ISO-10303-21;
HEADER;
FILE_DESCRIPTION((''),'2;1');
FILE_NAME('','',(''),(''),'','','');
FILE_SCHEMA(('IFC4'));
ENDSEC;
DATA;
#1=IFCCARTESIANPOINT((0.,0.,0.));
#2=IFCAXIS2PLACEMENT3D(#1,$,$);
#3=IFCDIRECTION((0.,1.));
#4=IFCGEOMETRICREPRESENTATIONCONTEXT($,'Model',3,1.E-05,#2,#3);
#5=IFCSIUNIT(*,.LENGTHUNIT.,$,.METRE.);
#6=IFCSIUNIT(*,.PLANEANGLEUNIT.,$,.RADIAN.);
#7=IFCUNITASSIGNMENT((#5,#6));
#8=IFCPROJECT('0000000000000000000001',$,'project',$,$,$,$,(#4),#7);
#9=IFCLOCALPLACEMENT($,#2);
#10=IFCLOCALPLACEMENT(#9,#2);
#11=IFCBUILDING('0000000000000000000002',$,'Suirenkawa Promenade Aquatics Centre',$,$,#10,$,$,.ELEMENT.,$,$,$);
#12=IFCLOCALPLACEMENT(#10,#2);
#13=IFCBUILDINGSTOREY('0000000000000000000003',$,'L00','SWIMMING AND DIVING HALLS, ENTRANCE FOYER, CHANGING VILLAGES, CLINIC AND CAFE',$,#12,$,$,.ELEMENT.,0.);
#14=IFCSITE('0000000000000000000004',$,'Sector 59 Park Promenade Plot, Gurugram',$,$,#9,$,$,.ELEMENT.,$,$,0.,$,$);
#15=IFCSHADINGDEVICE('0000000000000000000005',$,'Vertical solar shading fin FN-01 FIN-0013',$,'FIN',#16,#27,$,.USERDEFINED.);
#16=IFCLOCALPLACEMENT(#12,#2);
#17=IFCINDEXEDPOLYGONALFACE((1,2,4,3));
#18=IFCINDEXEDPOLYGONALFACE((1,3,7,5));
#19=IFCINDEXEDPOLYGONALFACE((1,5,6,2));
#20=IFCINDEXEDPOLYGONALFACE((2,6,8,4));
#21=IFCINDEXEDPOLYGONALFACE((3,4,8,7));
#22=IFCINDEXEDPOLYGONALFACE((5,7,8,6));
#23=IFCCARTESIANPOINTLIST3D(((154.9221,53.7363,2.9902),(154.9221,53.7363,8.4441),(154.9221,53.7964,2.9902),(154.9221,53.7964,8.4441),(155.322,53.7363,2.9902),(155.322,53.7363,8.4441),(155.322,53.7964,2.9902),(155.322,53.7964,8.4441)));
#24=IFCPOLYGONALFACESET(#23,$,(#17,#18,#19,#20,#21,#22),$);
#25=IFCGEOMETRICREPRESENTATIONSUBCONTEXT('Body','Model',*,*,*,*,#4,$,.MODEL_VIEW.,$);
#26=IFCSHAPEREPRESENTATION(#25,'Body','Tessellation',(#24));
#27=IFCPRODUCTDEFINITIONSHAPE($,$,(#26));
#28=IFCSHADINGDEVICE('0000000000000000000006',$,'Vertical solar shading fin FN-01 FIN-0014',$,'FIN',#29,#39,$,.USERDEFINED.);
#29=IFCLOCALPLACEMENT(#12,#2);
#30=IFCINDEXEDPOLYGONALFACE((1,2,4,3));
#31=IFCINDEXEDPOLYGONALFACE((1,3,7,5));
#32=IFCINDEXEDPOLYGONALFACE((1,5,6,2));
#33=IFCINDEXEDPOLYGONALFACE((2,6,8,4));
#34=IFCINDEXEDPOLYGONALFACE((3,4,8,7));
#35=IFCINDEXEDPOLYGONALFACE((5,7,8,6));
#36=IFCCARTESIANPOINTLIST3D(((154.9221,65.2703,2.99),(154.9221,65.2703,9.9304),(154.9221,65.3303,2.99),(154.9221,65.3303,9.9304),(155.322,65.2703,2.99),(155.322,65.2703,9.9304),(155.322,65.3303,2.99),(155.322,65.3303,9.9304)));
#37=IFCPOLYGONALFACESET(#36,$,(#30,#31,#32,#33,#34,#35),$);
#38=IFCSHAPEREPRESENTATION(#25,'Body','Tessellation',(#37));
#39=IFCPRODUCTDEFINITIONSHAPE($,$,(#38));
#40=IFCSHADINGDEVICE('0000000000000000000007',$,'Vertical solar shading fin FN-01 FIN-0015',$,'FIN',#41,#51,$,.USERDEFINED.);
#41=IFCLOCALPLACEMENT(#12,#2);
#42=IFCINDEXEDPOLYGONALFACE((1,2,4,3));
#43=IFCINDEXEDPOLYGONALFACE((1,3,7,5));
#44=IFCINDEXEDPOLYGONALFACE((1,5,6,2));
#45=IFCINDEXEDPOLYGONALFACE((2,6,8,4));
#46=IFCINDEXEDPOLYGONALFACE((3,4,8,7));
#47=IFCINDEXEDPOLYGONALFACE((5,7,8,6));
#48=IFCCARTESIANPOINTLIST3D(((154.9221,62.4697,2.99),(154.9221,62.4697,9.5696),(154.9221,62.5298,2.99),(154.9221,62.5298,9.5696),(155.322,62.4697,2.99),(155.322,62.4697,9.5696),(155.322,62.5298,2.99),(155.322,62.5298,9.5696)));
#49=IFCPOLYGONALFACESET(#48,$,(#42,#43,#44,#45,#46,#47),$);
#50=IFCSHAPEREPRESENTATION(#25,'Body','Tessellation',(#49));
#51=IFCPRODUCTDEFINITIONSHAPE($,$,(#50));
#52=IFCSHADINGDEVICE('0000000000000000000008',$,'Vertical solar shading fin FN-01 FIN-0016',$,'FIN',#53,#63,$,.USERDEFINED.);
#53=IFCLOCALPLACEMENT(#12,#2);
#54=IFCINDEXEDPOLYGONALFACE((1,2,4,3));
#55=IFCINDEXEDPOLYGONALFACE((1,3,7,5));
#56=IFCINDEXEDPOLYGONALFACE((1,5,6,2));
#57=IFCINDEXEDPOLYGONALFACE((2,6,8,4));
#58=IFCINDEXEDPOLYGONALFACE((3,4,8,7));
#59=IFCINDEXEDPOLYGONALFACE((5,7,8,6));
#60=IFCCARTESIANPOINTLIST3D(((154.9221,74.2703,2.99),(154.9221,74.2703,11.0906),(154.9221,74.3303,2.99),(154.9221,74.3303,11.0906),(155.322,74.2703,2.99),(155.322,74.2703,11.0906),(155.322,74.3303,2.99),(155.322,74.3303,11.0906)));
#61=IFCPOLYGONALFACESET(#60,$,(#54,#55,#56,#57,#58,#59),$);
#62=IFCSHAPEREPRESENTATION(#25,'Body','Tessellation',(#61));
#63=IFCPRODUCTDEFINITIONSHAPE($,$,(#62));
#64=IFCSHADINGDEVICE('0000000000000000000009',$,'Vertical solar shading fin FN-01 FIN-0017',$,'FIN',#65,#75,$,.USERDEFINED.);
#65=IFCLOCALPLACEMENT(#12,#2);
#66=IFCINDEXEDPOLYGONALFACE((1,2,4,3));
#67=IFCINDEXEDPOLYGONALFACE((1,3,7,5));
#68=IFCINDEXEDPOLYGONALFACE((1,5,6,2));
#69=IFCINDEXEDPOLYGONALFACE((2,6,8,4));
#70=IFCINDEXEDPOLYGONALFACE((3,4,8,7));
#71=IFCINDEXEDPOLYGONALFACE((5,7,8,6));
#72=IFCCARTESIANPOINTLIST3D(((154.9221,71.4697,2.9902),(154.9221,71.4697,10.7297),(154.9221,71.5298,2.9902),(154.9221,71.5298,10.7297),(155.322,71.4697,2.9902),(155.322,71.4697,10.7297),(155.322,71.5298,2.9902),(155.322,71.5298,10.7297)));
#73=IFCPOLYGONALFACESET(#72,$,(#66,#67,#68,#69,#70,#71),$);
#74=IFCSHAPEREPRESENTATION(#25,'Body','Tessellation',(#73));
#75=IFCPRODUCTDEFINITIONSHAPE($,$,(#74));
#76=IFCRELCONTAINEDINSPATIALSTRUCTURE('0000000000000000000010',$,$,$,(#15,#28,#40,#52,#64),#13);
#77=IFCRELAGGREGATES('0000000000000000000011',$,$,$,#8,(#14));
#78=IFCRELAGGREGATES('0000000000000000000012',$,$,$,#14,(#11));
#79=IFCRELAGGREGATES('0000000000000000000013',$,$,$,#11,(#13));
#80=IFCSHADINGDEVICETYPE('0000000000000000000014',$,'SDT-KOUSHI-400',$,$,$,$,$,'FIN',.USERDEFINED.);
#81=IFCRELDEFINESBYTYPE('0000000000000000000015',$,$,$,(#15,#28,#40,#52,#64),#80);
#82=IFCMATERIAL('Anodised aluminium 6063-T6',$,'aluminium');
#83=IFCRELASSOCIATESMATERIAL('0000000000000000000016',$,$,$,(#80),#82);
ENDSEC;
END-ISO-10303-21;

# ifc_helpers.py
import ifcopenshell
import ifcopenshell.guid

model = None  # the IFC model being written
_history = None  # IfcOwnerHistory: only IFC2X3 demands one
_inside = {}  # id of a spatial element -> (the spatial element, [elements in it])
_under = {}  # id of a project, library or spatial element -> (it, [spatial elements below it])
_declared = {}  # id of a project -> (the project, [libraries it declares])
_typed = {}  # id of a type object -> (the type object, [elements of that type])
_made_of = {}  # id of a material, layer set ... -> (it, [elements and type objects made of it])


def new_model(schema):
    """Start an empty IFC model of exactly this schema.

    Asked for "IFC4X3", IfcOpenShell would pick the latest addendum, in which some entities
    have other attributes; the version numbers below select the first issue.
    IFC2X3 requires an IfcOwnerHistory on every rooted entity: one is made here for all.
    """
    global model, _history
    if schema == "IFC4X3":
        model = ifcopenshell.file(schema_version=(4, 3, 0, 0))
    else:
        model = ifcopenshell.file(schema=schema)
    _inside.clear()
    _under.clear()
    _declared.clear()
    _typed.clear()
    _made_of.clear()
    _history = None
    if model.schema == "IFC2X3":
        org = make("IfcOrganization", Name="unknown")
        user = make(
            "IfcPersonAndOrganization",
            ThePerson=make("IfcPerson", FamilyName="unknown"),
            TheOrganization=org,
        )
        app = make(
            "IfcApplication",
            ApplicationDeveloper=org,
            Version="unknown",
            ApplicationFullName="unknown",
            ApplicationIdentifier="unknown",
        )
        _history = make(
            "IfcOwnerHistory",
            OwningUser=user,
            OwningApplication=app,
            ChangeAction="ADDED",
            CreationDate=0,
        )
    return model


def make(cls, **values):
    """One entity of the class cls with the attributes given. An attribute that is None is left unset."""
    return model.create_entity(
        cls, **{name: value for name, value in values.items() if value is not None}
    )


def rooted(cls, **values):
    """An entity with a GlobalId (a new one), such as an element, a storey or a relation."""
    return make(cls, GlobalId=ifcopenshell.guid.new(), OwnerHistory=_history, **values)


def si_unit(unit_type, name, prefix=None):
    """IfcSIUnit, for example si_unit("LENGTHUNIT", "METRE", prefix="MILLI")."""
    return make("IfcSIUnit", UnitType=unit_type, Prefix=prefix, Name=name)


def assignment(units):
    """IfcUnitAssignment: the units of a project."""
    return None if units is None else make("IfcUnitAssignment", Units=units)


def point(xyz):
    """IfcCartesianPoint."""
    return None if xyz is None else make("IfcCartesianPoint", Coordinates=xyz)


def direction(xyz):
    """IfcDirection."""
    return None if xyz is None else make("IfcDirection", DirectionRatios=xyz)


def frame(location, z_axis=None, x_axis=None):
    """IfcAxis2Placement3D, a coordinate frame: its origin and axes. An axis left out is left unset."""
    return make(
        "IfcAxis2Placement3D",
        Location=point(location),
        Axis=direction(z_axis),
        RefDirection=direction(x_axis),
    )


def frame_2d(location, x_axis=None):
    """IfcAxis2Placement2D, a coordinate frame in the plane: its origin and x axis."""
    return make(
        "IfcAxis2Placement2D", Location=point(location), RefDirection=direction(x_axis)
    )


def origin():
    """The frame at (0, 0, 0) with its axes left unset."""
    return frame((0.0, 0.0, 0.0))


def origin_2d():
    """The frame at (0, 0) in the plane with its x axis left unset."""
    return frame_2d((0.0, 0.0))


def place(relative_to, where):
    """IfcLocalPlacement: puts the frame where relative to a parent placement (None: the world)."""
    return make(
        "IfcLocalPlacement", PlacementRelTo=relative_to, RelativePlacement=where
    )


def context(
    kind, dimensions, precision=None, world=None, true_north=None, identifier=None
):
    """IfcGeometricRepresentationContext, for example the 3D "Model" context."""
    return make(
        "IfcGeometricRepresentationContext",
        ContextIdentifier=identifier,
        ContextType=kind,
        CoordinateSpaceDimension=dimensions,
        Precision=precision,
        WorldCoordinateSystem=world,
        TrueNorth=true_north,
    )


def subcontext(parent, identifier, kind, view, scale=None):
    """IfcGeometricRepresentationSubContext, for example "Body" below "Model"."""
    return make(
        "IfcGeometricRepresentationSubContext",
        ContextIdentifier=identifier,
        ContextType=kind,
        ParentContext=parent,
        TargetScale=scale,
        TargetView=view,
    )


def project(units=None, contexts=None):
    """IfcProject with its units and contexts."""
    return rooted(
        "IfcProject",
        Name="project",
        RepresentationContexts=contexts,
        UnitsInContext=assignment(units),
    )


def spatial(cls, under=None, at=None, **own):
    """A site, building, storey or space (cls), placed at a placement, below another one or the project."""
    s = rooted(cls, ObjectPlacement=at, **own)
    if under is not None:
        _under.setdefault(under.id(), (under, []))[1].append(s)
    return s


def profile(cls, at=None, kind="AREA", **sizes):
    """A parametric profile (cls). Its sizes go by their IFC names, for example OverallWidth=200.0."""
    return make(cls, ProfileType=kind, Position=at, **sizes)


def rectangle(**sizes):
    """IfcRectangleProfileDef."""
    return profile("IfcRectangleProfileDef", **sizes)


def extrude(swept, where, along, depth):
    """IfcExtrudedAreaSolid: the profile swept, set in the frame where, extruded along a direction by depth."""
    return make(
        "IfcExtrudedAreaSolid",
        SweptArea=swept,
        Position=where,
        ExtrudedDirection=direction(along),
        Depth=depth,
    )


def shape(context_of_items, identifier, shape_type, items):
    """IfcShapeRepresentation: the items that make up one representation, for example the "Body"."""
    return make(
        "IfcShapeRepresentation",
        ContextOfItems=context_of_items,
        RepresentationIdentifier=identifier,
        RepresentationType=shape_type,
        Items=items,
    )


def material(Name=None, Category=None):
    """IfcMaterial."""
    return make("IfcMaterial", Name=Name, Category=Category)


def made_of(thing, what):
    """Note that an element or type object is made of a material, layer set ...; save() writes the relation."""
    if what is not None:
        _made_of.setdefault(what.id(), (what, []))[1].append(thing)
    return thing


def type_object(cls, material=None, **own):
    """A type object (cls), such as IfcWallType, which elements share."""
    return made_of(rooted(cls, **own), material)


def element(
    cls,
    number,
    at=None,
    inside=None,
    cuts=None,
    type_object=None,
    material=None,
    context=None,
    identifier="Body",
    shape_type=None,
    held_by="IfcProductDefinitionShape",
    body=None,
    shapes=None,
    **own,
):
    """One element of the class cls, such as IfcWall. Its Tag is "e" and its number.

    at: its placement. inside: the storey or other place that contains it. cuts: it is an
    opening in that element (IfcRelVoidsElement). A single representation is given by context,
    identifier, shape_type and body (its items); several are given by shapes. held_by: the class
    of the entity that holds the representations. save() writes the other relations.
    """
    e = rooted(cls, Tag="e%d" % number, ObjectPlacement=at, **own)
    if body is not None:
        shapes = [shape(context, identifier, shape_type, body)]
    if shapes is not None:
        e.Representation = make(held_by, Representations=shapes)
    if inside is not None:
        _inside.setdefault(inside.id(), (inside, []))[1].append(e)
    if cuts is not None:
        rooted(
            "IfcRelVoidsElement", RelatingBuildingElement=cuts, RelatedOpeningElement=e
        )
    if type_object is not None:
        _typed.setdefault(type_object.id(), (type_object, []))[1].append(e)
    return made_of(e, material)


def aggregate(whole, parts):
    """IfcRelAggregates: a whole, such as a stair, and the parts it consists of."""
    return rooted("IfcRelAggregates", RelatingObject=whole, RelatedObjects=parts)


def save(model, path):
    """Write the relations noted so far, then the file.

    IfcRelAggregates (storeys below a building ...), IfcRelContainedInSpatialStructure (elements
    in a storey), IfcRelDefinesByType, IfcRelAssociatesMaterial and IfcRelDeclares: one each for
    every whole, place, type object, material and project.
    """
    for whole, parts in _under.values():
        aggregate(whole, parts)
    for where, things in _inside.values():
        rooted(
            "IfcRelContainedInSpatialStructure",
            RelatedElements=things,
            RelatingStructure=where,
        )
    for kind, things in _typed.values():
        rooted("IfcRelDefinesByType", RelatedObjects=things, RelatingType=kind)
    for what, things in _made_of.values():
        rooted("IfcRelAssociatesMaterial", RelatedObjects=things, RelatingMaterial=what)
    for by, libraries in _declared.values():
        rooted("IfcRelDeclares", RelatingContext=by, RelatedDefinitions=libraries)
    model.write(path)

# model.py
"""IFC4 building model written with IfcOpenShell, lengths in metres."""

from ifc_helpers import new_model, si_unit, direction, frame, origin, origin_2d, place, context, subcontext, project, spatial, rectangle, extrude, material, type_object, element, save


model = new_model("IFC4")

# Units and contexts
model_context = context("Model", 3, precision=1e-05, world=origin(), true_north=direction((0.0, 1.0)))
body_context = subcontext(model_context, "Body", "Model", "MODEL_VIEW")
ifc_project = project(units=[si_unit("LENGTHUNIT", "METRE"), si_unit("PLANEANGLEUNIT", "RADIAN")], contexts=[model_context])

# Site, building, storey
site_placement = place(None, origin())
site = spatial("IfcSite", under=ifc_project, at=site_placement, Name="Sector 59 Park Promenade Plot, Gurugram", CompositionType="ELEMENT", RefElevation=0.0)
building_placement = place(site_placement, origin())
building = spatial("IfcBuilding", under=site, at=building_placement, Name="Suirenkawa Promenade Aquatics Centre", CompositionType="ELEMENT")
storey_placement = place(building_placement, origin())
storey = spatial("IfcBuildingStorey", under=building, at=storey_placement, Name="L00", Description="SWIMMING AND DIVING HALLS, ENTRANCE FOYER, CHANGING VILLAGES, CLINIC AND CAFE", CompositionType="ELEMENT", Elevation=0.0)

# Shared definitions
ifc_material_1 = material(Name="Anodised aluminium 6063-T6", Category="aluminium")

# Shading devices
shading_device_type = type_object("IfcShadingDeviceType", Name="SDT-KOUSHI-400", ElementType="FIN", PredefinedType="USERDEFINED", material=ifc_material_1)
shading_device_1_placement = place(storey_placement, frame((155.1221, 53.7664, 2.9902), z_axis=(0.0, 0.0, 1.0), x_axis=(1.0, 0.0, 0.0)))
element("IfcShadingDevice", 1, at=shading_device_1_placement, inside=storey, type_object=shading_device_type, Name="Vertical solar shading fin FN-01 FIN-0013", ObjectType="FIN", PredefinedType="USERDEFINED", context=body_context, shape_type="SweptSolid", body=[
    extrude(rectangle(XDim=0.3999, YDim=0.0601, at=origin_2d()), origin(), (0.0, 0.0, 1.0), 5.4539),
])
shading_device_2_placement = place(storey_placement, frame((155.1221, 65.3003, 2.99), z_axis=(0.0, 0.0, 1.0), x_axis=(1.0, 0.0, 0.0)))
element("IfcShadingDevice", 2, at=shading_device_2_placement, inside=storey, type_object=shading_device_type, Name="Vertical solar shading fin FN-01 FIN-0014", ObjectType="FIN", PredefinedType="USERDEFINED", context=body_context, shape_type="SweptSolid", body=[
    extrude(rectangle(XDim=0.3999, YDim=0.0601, at=origin_2d()), origin(), (0.0, 0.0, 1.0), 6.9404),
])
shading_device_3_placement = place(storey_placement, frame((155.1221, 62.4998, 2.99), z_axis=(0.0, 0.0, 1.0), x_axis=(1.0, 0.0, 0.0)))
element("IfcShadingDevice", 3, at=shading_device_3_placement, inside=storey, type_object=shading_device_type, Name="Vertical solar shading fin FN-01 FIN-0015", ObjectType="FIN", PredefinedType="USERDEFINED", context=body_context, shape_type="SweptSolid", body=[
    extrude(rectangle(XDim=0.3999, YDim=0.0601, at=origin_2d()), origin(), (0.0, 0.0, 1.0), 6.5796),
])
shading_device_4_placement = place(storey_placement, frame((155.1221, 74.3003, 2.99), z_axis=(0.0, 0.0, 1.0), x_axis=(1.0, 0.0, 0.0)))
element("IfcShadingDevice", 4, at=shading_device_4_placement, inside=storey, type_object=shading_device_type, Name="Vertical solar shading fin FN-01 FIN-0016", ObjectType="FIN", PredefinedType="USERDEFINED", context=body_context, shape_type="SweptSolid", body=[
    extrude(rectangle(XDim=0.3999, YDim=0.0601, at=origin_2d()), origin(), (0.0, 0.0, 1.0), 8.1006),
])
shading_device_5_placement = place(storey_placement, frame((155.1221, 71.4998, 2.9902), z_axis=(0.0, 0.0, 1.0), x_axis=(1.0, 0.0, 0.0)))
element("IfcShadingDevice", 5, at=shading_device_5_placement, inside=storey, type_object=shading_device_type, Name="Vertical solar shading fin FN-01 FIN-0017", ObjectType="FIN", PredefinedType="USERDEFINED", context=body_context, shape_type="SweptSolid", body=[
    extrude(rectangle(XDim=0.3999, YDim=0.0601, at=origin_2d()), origin(), (0.0, 0.0, 1.0), 7.7395),
])

save(model, "model.ifc")
